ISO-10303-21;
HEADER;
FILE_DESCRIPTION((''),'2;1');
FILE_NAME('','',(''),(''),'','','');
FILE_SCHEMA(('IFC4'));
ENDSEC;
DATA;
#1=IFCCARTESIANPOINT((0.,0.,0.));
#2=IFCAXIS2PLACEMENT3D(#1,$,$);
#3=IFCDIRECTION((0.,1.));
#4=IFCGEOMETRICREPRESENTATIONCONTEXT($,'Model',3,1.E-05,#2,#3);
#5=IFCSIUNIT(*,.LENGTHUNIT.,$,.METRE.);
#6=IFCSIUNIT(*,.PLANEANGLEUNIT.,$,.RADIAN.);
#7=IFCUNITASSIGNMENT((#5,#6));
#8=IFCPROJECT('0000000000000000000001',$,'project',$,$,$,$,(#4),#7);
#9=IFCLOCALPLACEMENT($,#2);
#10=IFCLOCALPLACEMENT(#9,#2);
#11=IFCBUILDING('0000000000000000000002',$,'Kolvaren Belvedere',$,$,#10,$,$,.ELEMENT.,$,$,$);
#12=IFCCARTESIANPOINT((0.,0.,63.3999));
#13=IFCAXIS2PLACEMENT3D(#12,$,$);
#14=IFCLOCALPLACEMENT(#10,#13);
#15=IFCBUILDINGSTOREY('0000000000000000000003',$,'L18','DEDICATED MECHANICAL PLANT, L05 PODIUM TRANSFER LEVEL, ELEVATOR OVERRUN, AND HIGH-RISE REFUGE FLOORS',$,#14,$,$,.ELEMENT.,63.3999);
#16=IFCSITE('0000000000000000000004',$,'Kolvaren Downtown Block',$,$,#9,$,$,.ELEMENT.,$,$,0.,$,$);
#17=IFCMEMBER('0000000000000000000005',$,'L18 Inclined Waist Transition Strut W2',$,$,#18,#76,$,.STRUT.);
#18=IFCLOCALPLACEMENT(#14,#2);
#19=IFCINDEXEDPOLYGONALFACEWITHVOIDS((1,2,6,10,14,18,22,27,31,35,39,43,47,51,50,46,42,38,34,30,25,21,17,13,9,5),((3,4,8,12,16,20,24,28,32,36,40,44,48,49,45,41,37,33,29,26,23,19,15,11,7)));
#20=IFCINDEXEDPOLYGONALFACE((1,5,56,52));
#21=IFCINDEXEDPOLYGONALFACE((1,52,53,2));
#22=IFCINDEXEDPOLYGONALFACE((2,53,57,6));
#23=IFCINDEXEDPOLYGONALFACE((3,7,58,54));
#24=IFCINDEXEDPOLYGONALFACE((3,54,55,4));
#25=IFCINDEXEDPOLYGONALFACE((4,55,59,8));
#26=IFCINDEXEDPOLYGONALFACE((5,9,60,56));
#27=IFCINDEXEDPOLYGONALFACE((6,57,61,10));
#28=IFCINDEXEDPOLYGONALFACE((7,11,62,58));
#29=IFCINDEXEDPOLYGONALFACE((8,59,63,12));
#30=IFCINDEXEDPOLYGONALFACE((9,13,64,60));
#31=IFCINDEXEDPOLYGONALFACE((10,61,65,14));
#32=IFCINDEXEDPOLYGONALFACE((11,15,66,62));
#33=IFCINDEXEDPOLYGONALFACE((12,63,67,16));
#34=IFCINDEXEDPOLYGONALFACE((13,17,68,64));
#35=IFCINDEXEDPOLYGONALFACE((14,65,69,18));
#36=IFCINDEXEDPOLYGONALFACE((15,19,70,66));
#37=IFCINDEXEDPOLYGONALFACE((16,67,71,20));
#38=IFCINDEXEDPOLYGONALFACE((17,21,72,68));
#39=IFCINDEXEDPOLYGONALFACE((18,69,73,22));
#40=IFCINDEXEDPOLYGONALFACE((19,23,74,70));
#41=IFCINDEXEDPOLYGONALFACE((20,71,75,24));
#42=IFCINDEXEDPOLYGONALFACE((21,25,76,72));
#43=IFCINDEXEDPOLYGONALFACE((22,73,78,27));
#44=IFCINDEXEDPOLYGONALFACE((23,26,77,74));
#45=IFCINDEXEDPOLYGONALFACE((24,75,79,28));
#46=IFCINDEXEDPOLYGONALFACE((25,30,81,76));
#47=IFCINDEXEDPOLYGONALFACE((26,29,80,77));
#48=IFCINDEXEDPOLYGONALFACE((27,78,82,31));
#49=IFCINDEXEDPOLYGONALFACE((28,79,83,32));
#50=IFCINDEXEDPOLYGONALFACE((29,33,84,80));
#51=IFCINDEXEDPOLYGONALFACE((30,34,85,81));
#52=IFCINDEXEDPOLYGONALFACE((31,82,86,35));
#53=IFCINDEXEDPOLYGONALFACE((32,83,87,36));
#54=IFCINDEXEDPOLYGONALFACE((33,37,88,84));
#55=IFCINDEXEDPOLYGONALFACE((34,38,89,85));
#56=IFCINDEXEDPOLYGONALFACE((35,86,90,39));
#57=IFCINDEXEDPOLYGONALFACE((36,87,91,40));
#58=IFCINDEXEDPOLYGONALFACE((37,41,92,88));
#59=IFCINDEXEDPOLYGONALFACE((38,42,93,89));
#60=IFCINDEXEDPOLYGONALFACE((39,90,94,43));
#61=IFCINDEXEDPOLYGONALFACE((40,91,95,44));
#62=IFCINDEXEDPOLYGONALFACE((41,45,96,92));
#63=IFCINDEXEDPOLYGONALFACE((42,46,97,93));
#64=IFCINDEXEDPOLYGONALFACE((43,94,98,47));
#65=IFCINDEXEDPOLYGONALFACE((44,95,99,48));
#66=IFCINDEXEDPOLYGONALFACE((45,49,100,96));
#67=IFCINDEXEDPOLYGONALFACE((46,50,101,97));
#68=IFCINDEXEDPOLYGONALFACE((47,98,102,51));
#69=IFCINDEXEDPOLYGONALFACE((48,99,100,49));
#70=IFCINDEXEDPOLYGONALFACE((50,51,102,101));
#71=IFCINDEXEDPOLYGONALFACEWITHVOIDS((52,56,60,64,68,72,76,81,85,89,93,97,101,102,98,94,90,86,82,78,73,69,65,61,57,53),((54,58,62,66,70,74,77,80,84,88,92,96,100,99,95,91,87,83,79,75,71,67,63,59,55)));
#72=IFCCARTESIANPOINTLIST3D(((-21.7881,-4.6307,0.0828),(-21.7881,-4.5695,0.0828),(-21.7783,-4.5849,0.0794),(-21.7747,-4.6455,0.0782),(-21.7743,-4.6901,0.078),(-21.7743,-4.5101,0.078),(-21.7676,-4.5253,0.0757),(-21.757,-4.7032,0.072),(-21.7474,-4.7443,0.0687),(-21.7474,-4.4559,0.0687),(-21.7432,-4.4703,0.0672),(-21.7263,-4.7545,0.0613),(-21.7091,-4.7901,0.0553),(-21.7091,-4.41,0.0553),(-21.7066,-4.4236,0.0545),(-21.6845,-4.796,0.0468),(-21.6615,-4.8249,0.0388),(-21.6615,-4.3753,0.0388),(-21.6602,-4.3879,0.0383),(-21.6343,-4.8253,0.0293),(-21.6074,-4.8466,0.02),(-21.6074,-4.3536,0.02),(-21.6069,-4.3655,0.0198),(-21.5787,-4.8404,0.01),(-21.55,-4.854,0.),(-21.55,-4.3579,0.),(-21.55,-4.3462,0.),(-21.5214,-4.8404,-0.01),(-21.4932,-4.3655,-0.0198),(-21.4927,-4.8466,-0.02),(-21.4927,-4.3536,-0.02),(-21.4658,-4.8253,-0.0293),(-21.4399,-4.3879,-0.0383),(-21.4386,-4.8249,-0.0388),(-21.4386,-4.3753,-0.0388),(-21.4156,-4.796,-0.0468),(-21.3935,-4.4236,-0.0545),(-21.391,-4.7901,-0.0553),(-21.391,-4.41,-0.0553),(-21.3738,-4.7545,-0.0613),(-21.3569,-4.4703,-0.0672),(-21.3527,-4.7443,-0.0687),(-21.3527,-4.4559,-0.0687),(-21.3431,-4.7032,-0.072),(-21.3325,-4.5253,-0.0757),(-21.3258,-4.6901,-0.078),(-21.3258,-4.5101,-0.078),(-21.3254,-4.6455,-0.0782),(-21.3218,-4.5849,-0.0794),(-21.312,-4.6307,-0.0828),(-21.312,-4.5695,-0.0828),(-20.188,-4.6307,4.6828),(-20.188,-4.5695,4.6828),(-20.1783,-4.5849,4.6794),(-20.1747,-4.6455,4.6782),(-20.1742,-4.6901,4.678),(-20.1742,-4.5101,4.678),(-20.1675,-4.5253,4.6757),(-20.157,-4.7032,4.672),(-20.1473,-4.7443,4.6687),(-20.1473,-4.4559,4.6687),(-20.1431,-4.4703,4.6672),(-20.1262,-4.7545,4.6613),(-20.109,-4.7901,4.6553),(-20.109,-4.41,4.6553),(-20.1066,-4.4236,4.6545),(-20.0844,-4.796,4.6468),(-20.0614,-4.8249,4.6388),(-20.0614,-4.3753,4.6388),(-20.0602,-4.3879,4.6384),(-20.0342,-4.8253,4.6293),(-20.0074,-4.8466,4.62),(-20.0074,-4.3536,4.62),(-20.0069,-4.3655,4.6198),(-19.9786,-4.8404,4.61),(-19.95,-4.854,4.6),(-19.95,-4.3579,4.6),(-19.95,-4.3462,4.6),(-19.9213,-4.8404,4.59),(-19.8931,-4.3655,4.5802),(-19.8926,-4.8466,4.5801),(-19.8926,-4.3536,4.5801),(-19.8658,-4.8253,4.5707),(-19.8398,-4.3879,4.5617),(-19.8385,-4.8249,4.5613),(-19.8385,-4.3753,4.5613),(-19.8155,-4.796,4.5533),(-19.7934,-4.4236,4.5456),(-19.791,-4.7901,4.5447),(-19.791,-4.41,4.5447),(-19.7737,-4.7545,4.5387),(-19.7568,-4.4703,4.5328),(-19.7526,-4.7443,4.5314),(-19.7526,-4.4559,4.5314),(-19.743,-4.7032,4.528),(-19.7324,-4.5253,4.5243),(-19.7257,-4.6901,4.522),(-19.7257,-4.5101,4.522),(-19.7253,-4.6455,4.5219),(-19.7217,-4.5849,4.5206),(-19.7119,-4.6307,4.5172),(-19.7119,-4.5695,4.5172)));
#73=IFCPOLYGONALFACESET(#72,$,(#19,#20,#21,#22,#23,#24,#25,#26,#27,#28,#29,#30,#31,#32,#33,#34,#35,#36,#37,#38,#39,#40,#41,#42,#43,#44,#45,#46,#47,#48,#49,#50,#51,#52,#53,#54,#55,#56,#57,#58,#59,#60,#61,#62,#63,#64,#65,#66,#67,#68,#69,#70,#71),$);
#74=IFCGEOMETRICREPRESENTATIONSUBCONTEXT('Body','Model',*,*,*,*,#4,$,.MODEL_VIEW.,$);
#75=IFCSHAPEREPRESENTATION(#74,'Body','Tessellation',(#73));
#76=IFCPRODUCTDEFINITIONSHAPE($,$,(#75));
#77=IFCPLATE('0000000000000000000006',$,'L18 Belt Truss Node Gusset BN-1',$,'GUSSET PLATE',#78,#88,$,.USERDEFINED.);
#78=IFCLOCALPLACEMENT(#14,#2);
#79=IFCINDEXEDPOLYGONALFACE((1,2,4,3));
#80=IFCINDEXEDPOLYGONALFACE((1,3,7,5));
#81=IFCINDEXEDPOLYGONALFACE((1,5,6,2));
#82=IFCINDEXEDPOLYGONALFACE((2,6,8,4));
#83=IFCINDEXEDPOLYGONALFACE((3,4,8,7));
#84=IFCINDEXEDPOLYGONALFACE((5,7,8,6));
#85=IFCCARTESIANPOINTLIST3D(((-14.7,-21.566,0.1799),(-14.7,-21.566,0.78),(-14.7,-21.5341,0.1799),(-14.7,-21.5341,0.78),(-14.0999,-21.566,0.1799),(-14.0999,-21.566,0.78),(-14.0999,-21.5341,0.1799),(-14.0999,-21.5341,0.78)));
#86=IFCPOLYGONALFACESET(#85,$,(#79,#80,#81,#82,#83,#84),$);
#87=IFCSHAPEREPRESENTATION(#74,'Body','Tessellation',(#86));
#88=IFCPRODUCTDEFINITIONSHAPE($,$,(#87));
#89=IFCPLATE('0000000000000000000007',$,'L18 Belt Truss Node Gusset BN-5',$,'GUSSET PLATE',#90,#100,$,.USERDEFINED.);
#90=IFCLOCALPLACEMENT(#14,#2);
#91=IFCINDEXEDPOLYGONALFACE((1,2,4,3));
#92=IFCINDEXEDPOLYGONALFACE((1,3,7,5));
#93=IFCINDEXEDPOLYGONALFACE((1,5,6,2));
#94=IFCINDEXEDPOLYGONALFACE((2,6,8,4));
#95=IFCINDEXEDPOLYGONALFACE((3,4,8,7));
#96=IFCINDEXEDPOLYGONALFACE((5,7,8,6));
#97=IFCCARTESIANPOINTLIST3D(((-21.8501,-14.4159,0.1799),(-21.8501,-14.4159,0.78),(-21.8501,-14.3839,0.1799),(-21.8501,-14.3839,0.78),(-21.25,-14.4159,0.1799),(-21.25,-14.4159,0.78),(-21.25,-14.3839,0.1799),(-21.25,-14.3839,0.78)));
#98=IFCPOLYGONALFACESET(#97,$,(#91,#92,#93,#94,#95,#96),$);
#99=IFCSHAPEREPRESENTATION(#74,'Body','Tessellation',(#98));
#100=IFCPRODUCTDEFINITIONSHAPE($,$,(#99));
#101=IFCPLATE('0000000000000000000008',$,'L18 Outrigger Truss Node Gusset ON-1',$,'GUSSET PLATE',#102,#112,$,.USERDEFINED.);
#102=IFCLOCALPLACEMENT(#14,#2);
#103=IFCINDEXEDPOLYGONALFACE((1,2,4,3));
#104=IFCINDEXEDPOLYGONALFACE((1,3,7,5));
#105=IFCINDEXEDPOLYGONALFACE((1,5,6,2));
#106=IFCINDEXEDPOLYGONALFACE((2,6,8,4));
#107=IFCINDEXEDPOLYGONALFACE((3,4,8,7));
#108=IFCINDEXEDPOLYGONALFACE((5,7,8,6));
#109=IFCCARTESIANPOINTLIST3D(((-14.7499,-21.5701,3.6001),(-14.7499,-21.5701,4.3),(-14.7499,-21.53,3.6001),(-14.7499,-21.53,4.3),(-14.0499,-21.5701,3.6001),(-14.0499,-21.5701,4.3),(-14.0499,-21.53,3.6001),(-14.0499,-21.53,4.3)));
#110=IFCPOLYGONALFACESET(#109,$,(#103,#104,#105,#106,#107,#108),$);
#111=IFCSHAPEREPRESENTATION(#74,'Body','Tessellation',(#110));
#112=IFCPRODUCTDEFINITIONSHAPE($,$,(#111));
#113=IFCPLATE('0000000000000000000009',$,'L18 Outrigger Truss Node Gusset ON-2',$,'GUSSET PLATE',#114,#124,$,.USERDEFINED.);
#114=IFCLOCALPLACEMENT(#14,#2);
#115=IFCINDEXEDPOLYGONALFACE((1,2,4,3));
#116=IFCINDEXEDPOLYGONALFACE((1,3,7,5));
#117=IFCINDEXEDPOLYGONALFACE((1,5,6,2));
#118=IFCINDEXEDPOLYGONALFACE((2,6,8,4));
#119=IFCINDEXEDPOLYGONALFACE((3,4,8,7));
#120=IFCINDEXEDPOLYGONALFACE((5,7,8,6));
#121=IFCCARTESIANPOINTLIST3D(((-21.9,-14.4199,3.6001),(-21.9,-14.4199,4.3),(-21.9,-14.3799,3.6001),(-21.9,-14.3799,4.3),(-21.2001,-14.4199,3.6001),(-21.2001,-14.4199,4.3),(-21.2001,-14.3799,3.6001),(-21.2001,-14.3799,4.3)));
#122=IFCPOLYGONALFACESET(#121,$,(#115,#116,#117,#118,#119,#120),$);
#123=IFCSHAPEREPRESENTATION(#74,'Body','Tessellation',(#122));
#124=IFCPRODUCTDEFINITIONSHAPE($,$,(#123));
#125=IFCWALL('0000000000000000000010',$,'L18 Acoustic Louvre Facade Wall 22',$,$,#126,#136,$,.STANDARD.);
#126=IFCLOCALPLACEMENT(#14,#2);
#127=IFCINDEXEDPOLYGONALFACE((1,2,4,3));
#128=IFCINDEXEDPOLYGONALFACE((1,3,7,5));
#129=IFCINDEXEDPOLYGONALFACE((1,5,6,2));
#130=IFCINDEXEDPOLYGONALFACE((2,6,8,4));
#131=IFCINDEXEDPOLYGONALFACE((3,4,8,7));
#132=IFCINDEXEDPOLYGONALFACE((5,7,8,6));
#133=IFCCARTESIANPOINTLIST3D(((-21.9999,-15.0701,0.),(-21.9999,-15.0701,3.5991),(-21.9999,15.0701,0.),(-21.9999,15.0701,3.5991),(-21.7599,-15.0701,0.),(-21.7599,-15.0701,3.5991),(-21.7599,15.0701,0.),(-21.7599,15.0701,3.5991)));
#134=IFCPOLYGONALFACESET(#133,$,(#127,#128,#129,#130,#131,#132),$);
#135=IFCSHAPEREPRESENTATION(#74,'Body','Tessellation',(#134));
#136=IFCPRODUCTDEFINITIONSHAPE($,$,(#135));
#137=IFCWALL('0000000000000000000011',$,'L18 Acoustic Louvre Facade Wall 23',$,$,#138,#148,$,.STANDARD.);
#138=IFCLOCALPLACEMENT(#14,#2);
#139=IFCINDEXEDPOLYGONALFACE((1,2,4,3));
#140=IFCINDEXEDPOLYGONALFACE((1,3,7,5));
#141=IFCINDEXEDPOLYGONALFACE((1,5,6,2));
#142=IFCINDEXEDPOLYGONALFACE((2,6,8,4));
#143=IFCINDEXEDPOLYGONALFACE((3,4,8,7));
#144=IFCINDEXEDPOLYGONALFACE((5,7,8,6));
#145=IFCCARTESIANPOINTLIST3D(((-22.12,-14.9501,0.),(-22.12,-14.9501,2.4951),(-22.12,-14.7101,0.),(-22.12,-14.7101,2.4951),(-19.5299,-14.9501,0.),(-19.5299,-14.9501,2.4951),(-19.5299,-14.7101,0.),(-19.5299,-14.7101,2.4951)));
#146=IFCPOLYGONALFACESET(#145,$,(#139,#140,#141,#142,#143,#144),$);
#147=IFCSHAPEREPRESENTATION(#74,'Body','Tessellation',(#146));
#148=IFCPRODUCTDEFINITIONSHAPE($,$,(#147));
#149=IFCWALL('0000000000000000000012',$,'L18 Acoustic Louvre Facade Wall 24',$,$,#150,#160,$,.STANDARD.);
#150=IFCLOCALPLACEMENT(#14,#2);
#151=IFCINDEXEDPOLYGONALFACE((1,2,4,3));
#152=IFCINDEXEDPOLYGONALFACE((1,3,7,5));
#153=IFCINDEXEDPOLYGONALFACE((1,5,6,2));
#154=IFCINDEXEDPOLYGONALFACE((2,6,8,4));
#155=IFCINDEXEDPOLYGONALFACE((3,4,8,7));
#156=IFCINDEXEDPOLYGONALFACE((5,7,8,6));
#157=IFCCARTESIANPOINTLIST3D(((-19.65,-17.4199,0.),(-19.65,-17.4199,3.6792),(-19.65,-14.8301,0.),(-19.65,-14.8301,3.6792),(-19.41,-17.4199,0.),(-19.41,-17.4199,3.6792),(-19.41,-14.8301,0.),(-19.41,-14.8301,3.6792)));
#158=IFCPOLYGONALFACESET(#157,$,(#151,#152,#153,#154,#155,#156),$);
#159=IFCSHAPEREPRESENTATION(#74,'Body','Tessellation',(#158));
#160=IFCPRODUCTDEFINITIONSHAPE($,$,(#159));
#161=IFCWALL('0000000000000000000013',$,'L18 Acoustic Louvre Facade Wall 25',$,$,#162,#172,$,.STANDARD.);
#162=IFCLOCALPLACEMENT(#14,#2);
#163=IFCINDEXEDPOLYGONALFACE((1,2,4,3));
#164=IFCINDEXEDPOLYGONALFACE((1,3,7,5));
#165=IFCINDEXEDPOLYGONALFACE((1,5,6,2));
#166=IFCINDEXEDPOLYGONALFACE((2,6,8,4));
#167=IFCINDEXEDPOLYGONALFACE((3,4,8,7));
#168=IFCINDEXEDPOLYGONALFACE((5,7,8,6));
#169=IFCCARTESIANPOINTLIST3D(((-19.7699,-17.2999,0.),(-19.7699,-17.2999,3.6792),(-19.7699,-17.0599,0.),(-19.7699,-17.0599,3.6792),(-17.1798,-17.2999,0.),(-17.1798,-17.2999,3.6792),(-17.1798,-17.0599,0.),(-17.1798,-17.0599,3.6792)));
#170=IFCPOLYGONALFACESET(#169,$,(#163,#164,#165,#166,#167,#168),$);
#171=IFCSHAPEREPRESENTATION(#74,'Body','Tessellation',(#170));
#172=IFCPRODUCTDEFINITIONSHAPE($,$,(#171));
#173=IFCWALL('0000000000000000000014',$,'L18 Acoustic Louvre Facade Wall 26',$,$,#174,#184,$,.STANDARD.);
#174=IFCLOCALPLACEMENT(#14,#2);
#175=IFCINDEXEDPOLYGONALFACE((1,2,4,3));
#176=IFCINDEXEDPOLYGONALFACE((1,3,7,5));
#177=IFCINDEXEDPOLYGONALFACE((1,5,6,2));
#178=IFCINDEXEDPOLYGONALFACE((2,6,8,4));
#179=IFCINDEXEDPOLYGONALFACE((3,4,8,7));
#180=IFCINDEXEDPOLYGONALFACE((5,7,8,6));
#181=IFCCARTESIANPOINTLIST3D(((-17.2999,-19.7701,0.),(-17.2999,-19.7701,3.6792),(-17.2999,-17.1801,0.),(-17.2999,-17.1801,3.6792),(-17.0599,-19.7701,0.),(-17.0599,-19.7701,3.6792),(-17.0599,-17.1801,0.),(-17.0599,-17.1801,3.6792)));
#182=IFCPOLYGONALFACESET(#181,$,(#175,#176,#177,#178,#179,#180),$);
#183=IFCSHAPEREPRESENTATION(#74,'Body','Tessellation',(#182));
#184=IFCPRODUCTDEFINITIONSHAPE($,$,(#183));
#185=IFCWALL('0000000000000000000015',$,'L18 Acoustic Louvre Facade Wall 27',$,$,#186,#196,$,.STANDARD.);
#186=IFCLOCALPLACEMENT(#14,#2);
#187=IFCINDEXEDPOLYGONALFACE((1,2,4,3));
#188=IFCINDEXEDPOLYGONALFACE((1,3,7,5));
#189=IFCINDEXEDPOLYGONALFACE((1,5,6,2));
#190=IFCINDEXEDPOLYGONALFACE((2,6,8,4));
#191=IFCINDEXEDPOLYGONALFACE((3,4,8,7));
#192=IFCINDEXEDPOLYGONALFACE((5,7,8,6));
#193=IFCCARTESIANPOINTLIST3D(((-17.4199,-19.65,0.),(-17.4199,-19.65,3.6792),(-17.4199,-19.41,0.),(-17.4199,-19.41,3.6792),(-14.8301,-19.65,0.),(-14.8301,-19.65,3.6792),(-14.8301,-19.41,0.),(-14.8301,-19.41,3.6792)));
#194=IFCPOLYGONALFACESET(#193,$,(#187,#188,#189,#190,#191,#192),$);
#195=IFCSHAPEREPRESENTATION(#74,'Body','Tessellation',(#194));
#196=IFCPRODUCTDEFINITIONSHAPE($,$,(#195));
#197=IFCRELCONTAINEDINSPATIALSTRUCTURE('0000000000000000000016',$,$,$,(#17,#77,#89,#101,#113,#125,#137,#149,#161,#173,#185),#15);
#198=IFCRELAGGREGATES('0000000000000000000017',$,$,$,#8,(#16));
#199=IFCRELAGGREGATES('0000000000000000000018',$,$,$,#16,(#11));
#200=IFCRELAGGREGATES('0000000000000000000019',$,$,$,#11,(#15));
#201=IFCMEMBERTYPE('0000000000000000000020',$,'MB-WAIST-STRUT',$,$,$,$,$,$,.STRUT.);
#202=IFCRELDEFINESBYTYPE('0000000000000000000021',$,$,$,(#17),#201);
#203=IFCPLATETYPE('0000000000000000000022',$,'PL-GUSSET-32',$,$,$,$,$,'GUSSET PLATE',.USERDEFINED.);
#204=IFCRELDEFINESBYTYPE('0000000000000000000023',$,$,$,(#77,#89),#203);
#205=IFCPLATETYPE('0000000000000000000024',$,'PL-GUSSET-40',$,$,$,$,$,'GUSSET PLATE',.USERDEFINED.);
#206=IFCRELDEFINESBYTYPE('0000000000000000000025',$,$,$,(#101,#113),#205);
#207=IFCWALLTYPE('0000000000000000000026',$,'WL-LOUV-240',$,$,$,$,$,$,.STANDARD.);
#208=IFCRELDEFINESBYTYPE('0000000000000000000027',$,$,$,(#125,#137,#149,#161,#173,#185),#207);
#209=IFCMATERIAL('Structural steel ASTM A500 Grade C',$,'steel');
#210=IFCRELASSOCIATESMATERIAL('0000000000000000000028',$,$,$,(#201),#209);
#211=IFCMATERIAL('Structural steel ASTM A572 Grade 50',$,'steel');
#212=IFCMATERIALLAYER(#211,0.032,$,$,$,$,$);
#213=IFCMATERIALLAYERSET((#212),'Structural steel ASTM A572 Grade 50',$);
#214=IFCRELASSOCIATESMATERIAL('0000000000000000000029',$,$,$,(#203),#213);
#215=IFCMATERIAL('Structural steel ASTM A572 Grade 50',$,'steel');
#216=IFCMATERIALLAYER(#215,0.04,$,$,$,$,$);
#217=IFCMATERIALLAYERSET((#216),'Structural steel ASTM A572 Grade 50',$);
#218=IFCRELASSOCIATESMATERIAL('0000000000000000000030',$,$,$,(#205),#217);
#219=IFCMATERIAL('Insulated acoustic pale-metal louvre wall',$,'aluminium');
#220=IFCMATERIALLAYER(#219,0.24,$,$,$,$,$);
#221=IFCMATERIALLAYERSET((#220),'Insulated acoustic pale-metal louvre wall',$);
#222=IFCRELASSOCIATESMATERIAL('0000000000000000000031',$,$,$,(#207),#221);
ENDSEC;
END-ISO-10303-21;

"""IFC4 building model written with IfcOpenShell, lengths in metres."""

from ifc_helpers import new_model, si_unit, direction, frame, frame_2d, origin, origin_2d, place, context, subcontext, project, spatial, rectangle, hollow_circle, extrude, material, layer, layer_set, material_profile, profile_set, type_object, element, save


model = new_model("IFC4")

# Units and contexts
model_context = context("Model", 3, precision=1e-05, world=origin(), true_north=direction((0.0, 1.0)))
body_context = subcontext(model_context, "Body", "Model", "MODEL_VIEW")
ifc_project = project(units=[si_unit("LENGTHUNIT", "METRE"), si_unit("PLANEANGLEUNIT", "RADIAN")], contexts=[model_context])

# Site, building, storey
site_placement = place(None, origin())
site = spatial("IfcSite", under=ifc_project, at=site_placement, Name="Kolvaren Downtown Block", CompositionType="ELEMENT", RefElevation=0.0)
building_placement = place(site_placement, origin())
building = spatial("IfcBuilding", under=site, at=building_placement, Name="Kolvaren Belvedere", CompositionType="ELEMENT")
storey_placement = place(building_placement, frame((0.0, 0.0, 63.3999)))
storey = spatial("IfcBuildingStorey", under=building, at=storey_placement, Name="L18", Description="DEDICATED MECHANICAL PLANT, L05 PODIUM TRANSFER LEVEL, ELEVATOR OVERRUN, AND HIGH-RISE REFUGE FLOORS", CompositionType="ELEMENT", Elevation=63.3999)

# Member
ifc_material_1 = material(Name="Structural steel ASTM A500 Grade C", Category="steel")
ifc_material_profile_1 = material_profile(ifc_material_1, hollow_circle(Radius=0.2539, WallThickness=0.0117, at=origin_2d()), Name="HSS20.000X0.500")
ifc_profile_set_1 = profile_set([ifc_material_profile_1], Name="Structural steel ASTM A500 Grade C")
member_type_1 = type_object("IfcMemberType", Name="MB-WAIST-STRUT", PredefinedType="STRUT", material=ifc_profile_set_1)
member_placement = place(storey_placement, frame((-21.55, -4.6001, 0.0), z_axis=(0.328532, 0.0, 0.944493), x_axis=(0.0, 1.0, 0.0)))
element("IfcMember", 1, at=member_placement, inside=storey, type_object=member_type_1, Name="L18 Inclined Waist Transition Strut W2", PredefinedType="STRUT", context=body_context, shape_type="SweptSolid", body=[
    extrude(hollow_circle(Radius=0.2539, WallThickness=0.0117, at=origin_2d()), origin(), (0.0, 0.0, 1.0), 4.8704),
])

# Plates
ifc_material_2 = material(Name="Structural steel ASTM A572 Grade 50", Category="steel")
ifc_layer_1 = layer(ifc_material_2, 0.032)
ifc_layer_set_1 = layer_set([ifc_layer_1], Name="Structural steel ASTM A572 Grade 50")
plate_type_1 = type_object("IfcPlateType", Name="PL-GUSSET-32", ElementType="GUSSET PLATE", PredefinedType="USERDEFINED", material=ifc_layer_set_1)
for number, where, z_axis, x_axis, name in (
    (2, (-14.3999, -21.55, 0.1799), (0.0, 0.0, 1.0), (1.0, 0.0, 0.0), "L18 Belt Truss Node Gusset BN-1"),
    (3, (-21.55, -14.3999, 0.1799), (0.0, 0.0, 1.0), (1.0, 0.0, 0.0), "L18 Belt Truss Node Gusset BN-5"),
):
    element("IfcPlate", number, at=place(storey_placement, frame(where, z_axis=z_axis, x_axis=x_axis)), inside=storey, type_object=plate_type_1, Name=name, ObjectType="GUSSET PLATE", PredefinedType="USERDEFINED", context=body_context, shape_type="SweptSolid", body=[
        extrude(rectangle(XDim=0.6001, YDim=0.032, at=origin_2d()), origin(), (0.0, 0.0, 1.0), 0.6001),
    ])
ifc_material_3 = material(Name="Structural steel ASTM A572 Grade 50", Category="steel")
ifc_layer_2 = layer(ifc_material_3, 0.04)
ifc_layer_set_2 = layer_set([ifc_layer_2], Name="Structural steel ASTM A572 Grade 50")
plate_type_2 = type_object("IfcPlateType", Name="PL-GUSSET-40", ElementType="GUSSET PLATE", PredefinedType="USERDEFINED", material=ifc_layer_set_2)
for number, where, z_axis, x_axis, name in (
    (4, (-14.3999, -21.55, 3.6001), (0.0, 0.0, 1.0), (1.0, 0.0, 0.0), "L18 Outrigger Truss Node Gusset ON-1"),
    (5, (-21.55, -14.3999, 3.6001), (0.0, 0.0, 1.0), (1.0, 0.0, 0.0), "L18 Outrigger Truss Node Gusset ON-2"),
):
    element("IfcPlate", number, at=place(storey_placement, frame(where, z_axis=z_axis, x_axis=x_axis)), inside=storey, type_object=plate_type_2, Name=name, ObjectType="GUSSET PLATE", PredefinedType="USERDEFINED", context=body_context, shape_type="SweptSolid", body=[
        extrude(rectangle(XDim=0.7, YDim=0.04, at=origin_2d()), origin(), (0.0, 0.0, 1.0), 0.7),
    ])

# Walls
ifc_material_4 = material(Name="Insulated acoustic pale-metal louvre wall", Category="aluminium")
ifc_layer_3 = layer(ifc_material_4, 0.24)
ifc_layer_set_3 = layer_set([ifc_layer_3], Name="Insulated acoustic pale-metal louvre wall")
wall_type_1 = type_object("IfcWallType", Name="WL-LOUV-240", PredefinedType="STANDARD", material=ifc_layer_set_3)
wall_1_placement = place(storey_placement, frame((-21.8799, -15.0701, 0.0), z_axis=(0.0, 0.0, 1.0), x_axis=(0.0, 1.0, 0.0)))
element("IfcWall", 6, at=wall_1_placement, inside=storey, type_object=wall_type_1, Name="L18 Acoustic Louvre Facade Wall 22", PredefinedType="STANDARD", context=body_context, shape_type="SweptSolid", body=[
    extrude(rectangle(XDim=30.1401, YDim=0.24, at=frame_2d((15.0701, 0.0))), origin(), (0.0, 0.0, 1.0), 3.5991),
])
wall_2_placement = place(storey_placement, frame((-19.53, -14.8301, 0.0), z_axis=(0.0, 0.0, 1.0), x_axis=(-1.0, 0.0, 0.0)))
element("IfcWall", 7, at=wall_2_placement, inside=storey, type_object=wall_type_1, Name="L18 Acoustic Louvre Facade Wall 23", PredefinedType="STANDARD", context=body_context, shape_type="SweptSolid", body=[
    extrude(rectangle(XDim=2.5901, YDim=0.24, at=frame_2d((1.2949, 0.0))), origin(), (0.0, 0.0, 1.0), 2.4951),
])
wall_3_placement = place(storey_placement, frame((-19.53, -17.4199, 0.0), z_axis=(0.0, 0.0, 1.0), x_axis=(0.0, 1.0, 0.0)))
element("IfcWall", 8, at=wall_3_placement, inside=storey, type_object=wall_type_1, Name="L18 Acoustic Louvre Facade Wall 24", PredefinedType="STANDARD", context=body_context, shape_type="SweptSolid", body=[
    extrude(rectangle(XDim=2.5898, YDim=0.24, at=frame_2d((1.2949, 0.0))), origin(), (0.0, 0.0, 1.0), 3.6792),
])
for number, where, z_axis, x_axis, name in (
    (9, (-17.1799, -17.1799, 0.0), (0.0, 0.0, 1.0), (-1.0, 0.0, 0.0), "L18 Acoustic Louvre Facade Wall 25"),
    (10, (-17.1799, -19.77, 0.0), (0.0, 0.0, 1.0), (0.0, 1.0, 0.0), "L18 Acoustic Louvre Facade Wall 26"),
):
    element("IfcWall", number, at=place(storey_placement, frame(where, z_axis=z_axis, x_axis=x_axis)), inside=storey, type_object=wall_type_1, Name=name, PredefinedType="STANDARD", context=body_context, shape_type="SweptSolid", body=[
        extrude(rectangle(XDim=2.5901, YDim=0.24, at=frame_2d((1.2949, 0.0))), origin(), (0.0, 0.0, 1.0), 3.6792),
    ])
wall_4_placement = place(storey_placement, frame((-14.8301, -19.53, 0.0), z_axis=(0.0, 0.0, 1.0), x_axis=(-1.0, 0.0, 0.0)))
element("IfcWall", 11, at=wall_4_placement, inside=storey, type_object=wall_type_1, Name="L18 Acoustic Louvre Facade Wall 27", PredefinedType="STANDARD", context=body_context, shape_type="SweptSolid", body=[
    extrude(rectangle(XDim=2.5898, YDim=0.24, at=frame_2d((1.2949, 0.0))), origin(), (0.0, 0.0, 1.0), 3.6792),
])

save(model, "model.ifc")
